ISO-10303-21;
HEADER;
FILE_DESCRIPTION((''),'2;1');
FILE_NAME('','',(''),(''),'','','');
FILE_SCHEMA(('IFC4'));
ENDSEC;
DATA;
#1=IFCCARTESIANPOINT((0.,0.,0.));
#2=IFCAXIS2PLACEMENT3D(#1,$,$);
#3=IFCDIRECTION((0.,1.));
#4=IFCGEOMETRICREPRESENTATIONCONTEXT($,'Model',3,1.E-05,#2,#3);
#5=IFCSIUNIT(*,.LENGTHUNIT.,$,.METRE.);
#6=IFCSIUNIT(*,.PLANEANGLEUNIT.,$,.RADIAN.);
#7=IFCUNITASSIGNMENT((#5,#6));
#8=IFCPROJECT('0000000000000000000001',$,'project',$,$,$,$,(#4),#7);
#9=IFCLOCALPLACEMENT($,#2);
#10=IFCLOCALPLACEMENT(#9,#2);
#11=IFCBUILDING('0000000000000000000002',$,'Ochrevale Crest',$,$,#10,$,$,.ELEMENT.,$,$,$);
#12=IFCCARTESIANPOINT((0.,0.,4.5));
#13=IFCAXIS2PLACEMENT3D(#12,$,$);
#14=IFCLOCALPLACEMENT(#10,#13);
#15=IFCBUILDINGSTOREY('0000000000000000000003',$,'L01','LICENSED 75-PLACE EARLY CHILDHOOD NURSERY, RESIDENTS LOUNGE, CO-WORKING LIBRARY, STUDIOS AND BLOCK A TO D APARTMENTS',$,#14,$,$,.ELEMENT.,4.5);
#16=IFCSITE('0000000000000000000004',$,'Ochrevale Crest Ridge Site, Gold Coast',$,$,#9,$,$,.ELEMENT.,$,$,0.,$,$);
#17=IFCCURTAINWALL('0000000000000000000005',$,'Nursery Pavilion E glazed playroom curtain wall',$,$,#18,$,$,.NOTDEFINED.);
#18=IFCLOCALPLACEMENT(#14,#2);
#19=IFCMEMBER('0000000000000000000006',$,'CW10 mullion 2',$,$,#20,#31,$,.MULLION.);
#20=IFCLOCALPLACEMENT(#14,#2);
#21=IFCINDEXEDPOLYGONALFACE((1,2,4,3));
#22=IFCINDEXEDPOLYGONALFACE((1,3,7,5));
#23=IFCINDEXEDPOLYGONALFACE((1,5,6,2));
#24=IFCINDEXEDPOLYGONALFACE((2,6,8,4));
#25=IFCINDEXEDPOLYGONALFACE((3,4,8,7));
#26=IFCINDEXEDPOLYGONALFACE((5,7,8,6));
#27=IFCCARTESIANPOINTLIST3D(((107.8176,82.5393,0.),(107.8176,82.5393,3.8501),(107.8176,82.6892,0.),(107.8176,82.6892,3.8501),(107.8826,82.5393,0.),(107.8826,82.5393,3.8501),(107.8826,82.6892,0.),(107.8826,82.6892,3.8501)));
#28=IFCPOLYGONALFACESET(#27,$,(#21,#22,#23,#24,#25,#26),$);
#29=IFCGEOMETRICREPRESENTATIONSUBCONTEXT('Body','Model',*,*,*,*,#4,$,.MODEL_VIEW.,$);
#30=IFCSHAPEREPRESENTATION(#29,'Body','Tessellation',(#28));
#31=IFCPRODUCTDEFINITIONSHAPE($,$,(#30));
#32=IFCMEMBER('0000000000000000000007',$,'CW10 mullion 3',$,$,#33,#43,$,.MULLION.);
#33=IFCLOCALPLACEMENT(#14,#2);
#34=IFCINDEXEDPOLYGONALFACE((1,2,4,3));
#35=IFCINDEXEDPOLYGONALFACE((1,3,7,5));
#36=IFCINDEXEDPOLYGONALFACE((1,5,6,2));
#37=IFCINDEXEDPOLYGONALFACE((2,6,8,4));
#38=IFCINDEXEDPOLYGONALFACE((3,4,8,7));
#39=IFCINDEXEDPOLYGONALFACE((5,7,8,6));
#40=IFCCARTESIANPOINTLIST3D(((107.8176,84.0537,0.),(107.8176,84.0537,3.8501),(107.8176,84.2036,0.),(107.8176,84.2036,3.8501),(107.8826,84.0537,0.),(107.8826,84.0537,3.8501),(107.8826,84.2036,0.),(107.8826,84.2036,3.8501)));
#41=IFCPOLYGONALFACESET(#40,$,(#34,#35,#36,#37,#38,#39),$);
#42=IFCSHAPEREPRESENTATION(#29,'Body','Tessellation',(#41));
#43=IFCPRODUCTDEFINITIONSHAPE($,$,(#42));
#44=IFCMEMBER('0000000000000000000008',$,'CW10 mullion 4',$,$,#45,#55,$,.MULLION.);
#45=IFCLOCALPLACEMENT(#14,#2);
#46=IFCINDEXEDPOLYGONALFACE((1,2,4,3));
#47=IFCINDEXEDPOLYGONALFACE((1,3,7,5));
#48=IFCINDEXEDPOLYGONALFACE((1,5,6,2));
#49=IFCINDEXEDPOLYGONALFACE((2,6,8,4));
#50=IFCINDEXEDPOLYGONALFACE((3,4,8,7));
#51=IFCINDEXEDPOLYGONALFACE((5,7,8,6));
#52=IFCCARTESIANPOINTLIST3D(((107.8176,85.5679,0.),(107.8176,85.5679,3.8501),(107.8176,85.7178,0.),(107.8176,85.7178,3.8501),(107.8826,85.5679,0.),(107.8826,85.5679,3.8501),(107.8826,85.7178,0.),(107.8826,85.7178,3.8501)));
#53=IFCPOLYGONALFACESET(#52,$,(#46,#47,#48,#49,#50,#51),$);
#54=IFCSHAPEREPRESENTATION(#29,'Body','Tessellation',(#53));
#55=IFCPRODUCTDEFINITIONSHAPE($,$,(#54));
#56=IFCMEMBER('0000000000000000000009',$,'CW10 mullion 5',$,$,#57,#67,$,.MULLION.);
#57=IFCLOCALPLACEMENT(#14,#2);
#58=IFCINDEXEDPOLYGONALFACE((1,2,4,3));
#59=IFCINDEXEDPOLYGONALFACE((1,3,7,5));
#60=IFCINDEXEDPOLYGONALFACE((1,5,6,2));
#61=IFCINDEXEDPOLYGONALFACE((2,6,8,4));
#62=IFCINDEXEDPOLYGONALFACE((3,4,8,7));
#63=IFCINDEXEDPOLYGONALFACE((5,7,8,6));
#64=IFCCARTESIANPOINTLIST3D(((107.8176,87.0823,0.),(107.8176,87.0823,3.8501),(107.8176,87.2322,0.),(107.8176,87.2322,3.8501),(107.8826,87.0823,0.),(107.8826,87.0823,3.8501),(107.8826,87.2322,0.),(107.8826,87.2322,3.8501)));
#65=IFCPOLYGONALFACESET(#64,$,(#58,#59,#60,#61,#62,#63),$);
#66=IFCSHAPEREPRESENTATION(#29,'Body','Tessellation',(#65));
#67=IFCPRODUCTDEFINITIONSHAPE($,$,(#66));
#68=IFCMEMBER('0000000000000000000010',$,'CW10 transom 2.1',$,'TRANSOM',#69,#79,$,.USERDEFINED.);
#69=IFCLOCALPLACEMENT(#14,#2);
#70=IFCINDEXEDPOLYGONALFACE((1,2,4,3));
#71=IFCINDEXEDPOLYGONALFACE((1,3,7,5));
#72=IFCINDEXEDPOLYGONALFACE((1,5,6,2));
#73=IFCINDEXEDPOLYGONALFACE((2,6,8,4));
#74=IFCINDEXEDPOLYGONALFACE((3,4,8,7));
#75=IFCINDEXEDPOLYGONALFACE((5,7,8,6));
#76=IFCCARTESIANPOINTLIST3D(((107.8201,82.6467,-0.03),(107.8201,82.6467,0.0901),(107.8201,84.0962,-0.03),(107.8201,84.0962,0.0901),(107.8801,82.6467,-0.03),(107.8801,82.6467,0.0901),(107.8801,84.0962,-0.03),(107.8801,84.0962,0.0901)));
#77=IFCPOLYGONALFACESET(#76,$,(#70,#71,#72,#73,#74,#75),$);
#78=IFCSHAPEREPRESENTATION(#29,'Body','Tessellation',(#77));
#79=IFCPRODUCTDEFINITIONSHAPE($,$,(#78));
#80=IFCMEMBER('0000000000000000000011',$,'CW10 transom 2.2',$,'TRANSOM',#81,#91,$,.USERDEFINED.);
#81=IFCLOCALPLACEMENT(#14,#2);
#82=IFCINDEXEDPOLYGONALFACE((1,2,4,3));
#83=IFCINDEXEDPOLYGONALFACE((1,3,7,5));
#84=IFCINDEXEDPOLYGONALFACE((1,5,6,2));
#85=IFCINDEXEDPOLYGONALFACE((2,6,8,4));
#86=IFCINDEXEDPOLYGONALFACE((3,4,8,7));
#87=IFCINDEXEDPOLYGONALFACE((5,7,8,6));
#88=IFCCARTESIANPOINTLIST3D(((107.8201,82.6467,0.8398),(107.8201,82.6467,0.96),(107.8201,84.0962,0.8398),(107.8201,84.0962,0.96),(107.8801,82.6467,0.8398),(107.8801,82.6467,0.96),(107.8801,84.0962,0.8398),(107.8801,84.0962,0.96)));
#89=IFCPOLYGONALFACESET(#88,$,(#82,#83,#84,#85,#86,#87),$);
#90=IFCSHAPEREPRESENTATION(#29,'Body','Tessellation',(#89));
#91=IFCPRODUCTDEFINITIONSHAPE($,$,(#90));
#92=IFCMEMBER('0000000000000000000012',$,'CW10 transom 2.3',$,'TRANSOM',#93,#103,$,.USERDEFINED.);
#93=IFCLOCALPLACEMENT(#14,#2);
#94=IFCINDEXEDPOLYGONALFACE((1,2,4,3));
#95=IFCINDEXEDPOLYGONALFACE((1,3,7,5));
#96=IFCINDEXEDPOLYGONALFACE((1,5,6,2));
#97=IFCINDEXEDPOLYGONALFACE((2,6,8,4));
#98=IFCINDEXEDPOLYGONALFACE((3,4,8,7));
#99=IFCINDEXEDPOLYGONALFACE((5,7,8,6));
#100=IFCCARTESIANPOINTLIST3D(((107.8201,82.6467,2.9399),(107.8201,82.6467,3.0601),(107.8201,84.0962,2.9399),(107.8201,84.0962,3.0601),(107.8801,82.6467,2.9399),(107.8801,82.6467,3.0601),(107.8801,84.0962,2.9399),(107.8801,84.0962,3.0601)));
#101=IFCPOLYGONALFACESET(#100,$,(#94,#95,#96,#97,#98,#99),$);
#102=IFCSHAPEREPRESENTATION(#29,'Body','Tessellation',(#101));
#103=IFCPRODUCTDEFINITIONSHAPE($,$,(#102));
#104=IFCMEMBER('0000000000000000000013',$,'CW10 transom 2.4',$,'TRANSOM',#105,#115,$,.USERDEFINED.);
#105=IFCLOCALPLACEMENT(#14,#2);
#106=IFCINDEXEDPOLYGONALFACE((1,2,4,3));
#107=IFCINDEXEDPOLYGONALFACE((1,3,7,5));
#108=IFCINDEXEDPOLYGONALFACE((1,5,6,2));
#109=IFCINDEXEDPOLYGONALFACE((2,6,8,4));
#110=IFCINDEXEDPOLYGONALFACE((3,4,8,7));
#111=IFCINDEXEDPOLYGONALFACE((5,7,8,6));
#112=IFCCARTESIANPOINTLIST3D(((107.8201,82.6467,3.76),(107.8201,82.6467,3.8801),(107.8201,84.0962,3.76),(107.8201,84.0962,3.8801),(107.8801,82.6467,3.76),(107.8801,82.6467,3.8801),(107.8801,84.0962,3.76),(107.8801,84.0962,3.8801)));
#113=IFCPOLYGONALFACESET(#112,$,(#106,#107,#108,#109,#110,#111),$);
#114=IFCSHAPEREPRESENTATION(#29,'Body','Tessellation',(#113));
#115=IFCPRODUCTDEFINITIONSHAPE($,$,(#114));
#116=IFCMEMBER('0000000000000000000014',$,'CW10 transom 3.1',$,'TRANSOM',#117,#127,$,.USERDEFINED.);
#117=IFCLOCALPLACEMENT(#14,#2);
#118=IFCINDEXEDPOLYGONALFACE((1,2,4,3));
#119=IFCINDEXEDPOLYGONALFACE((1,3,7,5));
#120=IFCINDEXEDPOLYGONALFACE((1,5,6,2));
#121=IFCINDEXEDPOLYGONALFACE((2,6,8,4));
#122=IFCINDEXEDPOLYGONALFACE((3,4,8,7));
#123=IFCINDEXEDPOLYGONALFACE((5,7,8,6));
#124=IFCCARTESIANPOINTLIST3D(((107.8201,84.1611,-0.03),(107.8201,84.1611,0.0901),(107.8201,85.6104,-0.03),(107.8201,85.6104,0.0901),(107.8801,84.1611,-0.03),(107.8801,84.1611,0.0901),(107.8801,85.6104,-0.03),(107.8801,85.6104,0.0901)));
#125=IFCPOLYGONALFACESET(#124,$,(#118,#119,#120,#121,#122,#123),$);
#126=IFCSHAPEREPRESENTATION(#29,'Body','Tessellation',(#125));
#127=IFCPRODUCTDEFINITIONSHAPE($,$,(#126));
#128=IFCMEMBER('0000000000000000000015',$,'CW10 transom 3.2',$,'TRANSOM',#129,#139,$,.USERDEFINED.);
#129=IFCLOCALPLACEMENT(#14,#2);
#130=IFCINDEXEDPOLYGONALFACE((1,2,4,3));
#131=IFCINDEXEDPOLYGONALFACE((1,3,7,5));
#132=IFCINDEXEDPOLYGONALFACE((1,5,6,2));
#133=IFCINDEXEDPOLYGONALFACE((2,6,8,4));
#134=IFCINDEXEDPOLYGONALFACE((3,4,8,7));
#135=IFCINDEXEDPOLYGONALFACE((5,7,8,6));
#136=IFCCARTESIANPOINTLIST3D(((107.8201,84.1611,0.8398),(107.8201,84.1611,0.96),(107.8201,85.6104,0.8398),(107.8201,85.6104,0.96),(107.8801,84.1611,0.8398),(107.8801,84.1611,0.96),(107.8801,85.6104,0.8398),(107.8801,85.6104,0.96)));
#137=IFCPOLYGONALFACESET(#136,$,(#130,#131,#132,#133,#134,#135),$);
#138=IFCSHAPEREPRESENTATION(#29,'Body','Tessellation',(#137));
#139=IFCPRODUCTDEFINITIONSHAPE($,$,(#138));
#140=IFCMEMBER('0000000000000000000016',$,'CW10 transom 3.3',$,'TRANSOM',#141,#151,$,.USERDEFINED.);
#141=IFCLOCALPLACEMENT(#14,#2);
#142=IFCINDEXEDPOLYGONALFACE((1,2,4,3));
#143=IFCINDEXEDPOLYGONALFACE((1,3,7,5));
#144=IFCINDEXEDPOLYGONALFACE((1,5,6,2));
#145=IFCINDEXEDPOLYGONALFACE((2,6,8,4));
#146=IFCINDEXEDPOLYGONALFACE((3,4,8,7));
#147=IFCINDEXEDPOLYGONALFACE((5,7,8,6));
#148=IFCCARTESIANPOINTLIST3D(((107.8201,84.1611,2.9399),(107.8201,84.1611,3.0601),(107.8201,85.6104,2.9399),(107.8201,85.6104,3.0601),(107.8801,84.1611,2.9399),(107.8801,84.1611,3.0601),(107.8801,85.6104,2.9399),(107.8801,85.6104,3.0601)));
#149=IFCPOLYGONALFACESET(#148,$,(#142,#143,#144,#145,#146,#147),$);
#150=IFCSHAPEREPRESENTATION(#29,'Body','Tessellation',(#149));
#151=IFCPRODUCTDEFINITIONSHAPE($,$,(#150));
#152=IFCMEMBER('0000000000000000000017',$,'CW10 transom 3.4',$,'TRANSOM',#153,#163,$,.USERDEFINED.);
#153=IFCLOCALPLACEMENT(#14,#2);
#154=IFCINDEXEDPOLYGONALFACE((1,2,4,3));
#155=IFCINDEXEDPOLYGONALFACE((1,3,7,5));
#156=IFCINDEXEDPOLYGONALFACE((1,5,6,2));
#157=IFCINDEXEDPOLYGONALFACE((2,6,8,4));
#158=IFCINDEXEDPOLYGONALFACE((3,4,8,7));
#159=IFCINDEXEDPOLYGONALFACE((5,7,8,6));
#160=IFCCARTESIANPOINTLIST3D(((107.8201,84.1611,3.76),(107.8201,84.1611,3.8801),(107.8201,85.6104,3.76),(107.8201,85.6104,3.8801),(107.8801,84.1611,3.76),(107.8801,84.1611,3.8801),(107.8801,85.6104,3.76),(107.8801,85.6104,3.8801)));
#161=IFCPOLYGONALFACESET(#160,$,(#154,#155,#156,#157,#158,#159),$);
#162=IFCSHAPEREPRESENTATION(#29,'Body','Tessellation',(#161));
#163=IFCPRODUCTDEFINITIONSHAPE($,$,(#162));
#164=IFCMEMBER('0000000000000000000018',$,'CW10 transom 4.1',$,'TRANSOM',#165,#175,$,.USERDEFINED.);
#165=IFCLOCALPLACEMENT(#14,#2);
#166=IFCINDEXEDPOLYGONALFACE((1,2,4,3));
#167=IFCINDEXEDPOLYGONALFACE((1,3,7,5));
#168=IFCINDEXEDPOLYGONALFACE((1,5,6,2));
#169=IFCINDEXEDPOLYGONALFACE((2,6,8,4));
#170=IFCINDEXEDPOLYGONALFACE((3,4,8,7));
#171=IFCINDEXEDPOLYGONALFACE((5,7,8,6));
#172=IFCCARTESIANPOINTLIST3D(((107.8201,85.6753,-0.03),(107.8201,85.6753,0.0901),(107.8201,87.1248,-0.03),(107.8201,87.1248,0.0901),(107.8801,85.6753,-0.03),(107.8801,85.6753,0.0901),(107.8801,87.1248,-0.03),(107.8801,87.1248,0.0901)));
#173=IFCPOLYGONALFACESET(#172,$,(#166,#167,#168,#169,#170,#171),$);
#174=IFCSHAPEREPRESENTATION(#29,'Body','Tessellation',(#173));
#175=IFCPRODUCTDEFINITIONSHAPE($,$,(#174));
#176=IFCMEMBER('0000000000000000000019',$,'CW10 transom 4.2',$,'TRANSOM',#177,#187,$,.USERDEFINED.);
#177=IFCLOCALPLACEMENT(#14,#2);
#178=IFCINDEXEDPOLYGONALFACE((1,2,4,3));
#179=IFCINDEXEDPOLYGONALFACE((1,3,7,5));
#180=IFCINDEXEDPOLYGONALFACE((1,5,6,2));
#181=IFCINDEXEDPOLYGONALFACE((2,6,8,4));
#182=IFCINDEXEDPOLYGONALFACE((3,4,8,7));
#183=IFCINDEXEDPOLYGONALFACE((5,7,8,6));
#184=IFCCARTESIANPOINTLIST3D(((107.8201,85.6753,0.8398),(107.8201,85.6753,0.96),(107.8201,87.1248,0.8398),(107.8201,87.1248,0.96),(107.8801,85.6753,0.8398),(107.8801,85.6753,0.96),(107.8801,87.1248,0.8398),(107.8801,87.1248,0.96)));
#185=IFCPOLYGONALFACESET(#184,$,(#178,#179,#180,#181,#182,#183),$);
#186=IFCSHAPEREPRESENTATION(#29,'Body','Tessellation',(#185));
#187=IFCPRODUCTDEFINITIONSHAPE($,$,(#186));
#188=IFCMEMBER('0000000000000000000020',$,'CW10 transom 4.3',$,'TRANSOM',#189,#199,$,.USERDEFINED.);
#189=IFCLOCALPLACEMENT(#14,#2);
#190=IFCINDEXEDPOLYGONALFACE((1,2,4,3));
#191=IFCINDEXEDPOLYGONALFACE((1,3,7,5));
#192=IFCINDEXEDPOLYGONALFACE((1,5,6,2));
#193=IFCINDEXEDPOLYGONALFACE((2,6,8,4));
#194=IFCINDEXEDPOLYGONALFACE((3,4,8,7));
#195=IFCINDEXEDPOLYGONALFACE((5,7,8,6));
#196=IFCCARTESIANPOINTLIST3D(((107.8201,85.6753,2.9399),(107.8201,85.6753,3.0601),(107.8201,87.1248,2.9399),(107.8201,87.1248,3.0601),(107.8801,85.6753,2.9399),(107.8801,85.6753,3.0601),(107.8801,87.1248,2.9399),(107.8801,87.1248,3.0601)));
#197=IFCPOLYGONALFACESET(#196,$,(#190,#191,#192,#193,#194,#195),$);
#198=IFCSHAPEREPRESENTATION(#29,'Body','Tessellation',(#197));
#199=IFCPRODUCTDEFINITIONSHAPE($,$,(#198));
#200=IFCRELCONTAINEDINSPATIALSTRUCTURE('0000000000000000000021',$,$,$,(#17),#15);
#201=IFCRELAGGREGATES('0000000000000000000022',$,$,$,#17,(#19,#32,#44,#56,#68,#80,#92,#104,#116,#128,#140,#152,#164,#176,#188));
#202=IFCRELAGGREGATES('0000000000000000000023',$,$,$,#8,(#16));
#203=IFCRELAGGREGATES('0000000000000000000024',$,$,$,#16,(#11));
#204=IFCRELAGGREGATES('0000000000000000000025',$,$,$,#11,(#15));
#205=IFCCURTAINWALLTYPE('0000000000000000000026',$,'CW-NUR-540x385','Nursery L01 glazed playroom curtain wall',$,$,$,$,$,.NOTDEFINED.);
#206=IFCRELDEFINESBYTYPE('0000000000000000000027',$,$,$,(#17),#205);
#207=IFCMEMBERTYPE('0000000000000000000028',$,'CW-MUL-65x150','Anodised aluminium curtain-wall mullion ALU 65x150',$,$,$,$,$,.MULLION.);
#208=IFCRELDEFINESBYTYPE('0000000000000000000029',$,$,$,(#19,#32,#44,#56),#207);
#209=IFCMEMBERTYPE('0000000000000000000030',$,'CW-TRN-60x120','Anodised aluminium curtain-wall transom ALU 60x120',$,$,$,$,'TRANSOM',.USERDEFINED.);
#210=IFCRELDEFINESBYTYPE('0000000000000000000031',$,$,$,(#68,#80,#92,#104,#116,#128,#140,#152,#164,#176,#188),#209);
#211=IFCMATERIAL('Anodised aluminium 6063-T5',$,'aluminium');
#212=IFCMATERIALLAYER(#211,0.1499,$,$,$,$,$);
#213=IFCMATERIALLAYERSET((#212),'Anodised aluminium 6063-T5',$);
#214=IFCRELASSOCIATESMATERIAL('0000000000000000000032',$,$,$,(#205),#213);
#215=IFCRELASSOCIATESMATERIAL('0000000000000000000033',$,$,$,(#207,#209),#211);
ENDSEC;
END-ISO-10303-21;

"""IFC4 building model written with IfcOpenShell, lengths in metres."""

from ifc_helpers import new_model, si_unit, direction, frame, origin, origin_2d, place, context, subcontext, project, spatial, rectangle, extrude, material, layer, layer_set, material_profile, profile_set, type_object, element, aggregate, save


model = new_model("IFC4")

# Units and contexts
model_context = context("Model", 3, precision=1e-05, world=origin(), true_north=direction((0.0, 1.0)))
body_context = subcontext(model_context, "Body", "Model", "MODEL_VIEW")
ifc_project = project(units=[si_unit("LENGTHUNIT", "METRE"), si_unit("PLANEANGLEUNIT", "RADIAN")], contexts=[model_context])

# Site, building, storey
site_placement = place(None, origin())
site = spatial("IfcSite", under=ifc_project, at=site_placement, Name="Ochrevale Crest Ridge Site, Gold Coast", CompositionType="ELEMENT", RefElevation=0.0)
building_placement = place(site_placement, origin())
building = spatial("IfcBuilding", under=site, at=building_placement, Name="Ochrevale Crest", CompositionType="ELEMENT")
storey_placement = place(building_placement, frame((0.0, 0.0, 4.5)))
storey = spatial("IfcBuildingStorey", under=building, at=storey_placement, Name="L01", Description="LICENSED 75-PLACE EARLY CHILDHOOD NURSERY, RESIDENTS LOUNGE, CO-WORKING LIBRARY, STUDIOS AND BLOCK A TO D APARTMENTS", CompositionType="ELEMENT", Elevation=4.5)

# Curtain wall, members
ifc_material_1 = material(Name="Anodised aluminium 6063-T5", Category="aluminium")
ifc_layer_1 = layer(ifc_material_1, 0.1499)
ifc_layer_set_1 = layer_set([ifc_layer_1], Name="Anodised aluminium 6063-T5")
curtain_wall_type = type_object("IfcCurtainWallType", Name="CW-NUR-540x385", Description="Nursery L01 glazed playroom curtain wall", PredefinedType="NOTDEFINED", material=ifc_layer_set_1)
curtain_wall_placement = place(storey_placement, origin())
curtain_wall = element("IfcCurtainWall", 1, at=curtain_wall_placement, inside=storey, type_object=curtain_wall_type, Name="Nursery Pavilion E glazed playroom curtain wall", PredefinedType="NOTDEFINED")
ifc_material_profile_1 = material_profile(ifc_material_1, rectangle(XDim=0.0649, YDim=0.1499, at=origin_2d()), Name="ALU 65x150")
ifc_profile_set_1 = profile_set([ifc_material_profile_1], Name="Anodised aluminium 6063-T5")
member_type_1 = type_object("IfcMemberType", Name="CW-MUL-65x150", Description="Anodised aluminium curtain-wall mullion ALU 65x150", PredefinedType="MULLION", material=ifc_profile_set_1)
member_1_placement = place(storey_placement, frame((107.8501, 82.6143, 0.0), z_axis=(0.0, 0.0, 1.0), x_axis=(-1.0, 0.0, 0.0)))
member_1 = element("IfcMember", 2, at=member_1_placement, type_object=member_type_1, Name="CW10 mullion 2", PredefinedType="MULLION", context=body_context, shape_type="SweptSolid", body=[
    extrude(rectangle(XDim=0.0649, YDim=0.1499, at=origin_2d()), origin(), (0.0, 0.0, 1.0), 3.8501),
])
member_2_placement = place(storey_placement, frame((107.8501, 84.1287, 0.0), z_axis=(0.0, 0.0, 1.0), x_axis=(-1.0, 0.0, 0.0)))
member_2 = element("IfcMember", 3, at=member_2_placement, type_object=member_type_1, Name="CW10 mullion 3", PredefinedType="MULLION", context=body_context, shape_type="SweptSolid", body=[
    extrude(rectangle(XDim=0.0649, YDim=0.1499, at=origin_2d()), origin(), (0.0, 0.0, 1.0), 3.8501),
])
member_3_placement = place(storey_placement, frame((107.8501, 85.6428, 0.0), z_axis=(0.0, 0.0, 1.0), x_axis=(-1.0, 0.0, 0.0)))
member_3 = element("IfcMember", 4, at=member_3_placement, type_object=member_type_1, Name="CW10 mullion 4", PredefinedType="MULLION", context=body_context, shape_type="SweptSolid", body=[
    extrude(rectangle(XDim=0.0649, YDim=0.1499, at=origin_2d()), origin(), (0.0, 0.0, 1.0), 3.8501),
])
member_4_placement = place(storey_placement, frame((107.8501, 87.1572, 0.0), z_axis=(0.0, 0.0, 1.0), x_axis=(-1.0, 0.0, 0.0)))
member_4 = element("IfcMember", 5, at=member_4_placement, type_object=member_type_1, Name="CW10 mullion 5", PredefinedType="MULLION", context=body_context, shape_type="SweptSolid", body=[
    extrude(rectangle(XDim=0.0649, YDim=0.1499, at=origin_2d()), origin(), (0.0, 0.0, 1.0), 3.8501),
])
ifc_material_profile_2 = material_profile(ifc_material_1, rectangle(XDim=0.0601, YDim=0.1201, at=origin_2d()), Name="ALU 60x120")
ifc_profile_set_2 = profile_set([ifc_material_profile_2], Name="Anodised aluminium 6063-T5")
member_type_2 = type_object("IfcMemberType", Name="CW-TRN-60x120", Description="Anodised aluminium curtain-wall transom ALU 60x120", ElementType="TRANSOM", PredefinedType="USERDEFINED", material=ifc_profile_set_2)
member_5_placement = place(storey_placement, frame((107.8501, 82.6467, 0.03), z_axis=(0.0, 1.0, 0.0), x_axis=(-1.0, 0.0, 0.0)))
member_5 = element("IfcMember", 6, at=member_5_placement, type_object=member_type_2, Name="CW10 transom 2.1", ObjectType="TRANSOM", PredefinedType="USERDEFINED", context=body_context, shape_type="SweptSolid", body=[
    extrude(rectangle(XDim=0.0601, YDim=0.1201, at=origin_2d()), origin(), (0.0, 0.0, 1.0), 1.4495),
])
member_6_placement = place(storey_placement, frame((107.8501, 82.6467, 0.8999), z_axis=(0.0, 1.0, 0.0), x_axis=(-1.0, 0.0, 0.0)))
member_6 = element("IfcMember", 7, at=member_6_placement, type_object=member_type_2, Name="CW10 transom 2.2", ObjectType="TRANSOM", PredefinedType="USERDEFINED", context=body_context, shape_type="SweptSolid", body=[
    extrude(rectangle(XDim=0.0601, YDim=0.1201, at=origin_2d()), origin(), (0.0, 0.0, 1.0), 1.4495),
])
member_7_placement = place(storey_placement, frame((107.8501, 82.6467, 3.0), z_axis=(0.0, 1.0, 0.0), x_axis=(-1.0, 0.0, 0.0)))
member_7 = element("IfcMember", 8, at=member_7_placement, type_object=member_type_2, Name="CW10 transom 2.3", ObjectType="TRANSOM", PredefinedType="USERDEFINED", context=body_context, shape_type="SweptSolid", body=[
    extrude(rectangle(XDim=0.0601, YDim=0.1201, at=origin_2d()), origin(), (0.0, 0.0, 1.0), 1.4495),
])
member_8_placement = place(storey_placement, frame((107.8501, 82.6467, 3.8201), z_axis=(0.0, 1.0, 0.0), x_axis=(-1.0, 0.0, 0.0)))
member_8 = element("IfcMember", 9, at=member_8_placement, type_object=member_type_2, Name="CW10 transom 2.4", ObjectType="TRANSOM", PredefinedType="USERDEFINED", context=body_context, shape_type="SweptSolid", body=[
    extrude(rectangle(XDim=0.0601, YDim=0.1201, at=origin_2d()), origin(), (0.0, 0.0, 1.0), 1.4495),
])
member_9_placement = place(storey_placement, frame((107.8501, 84.1611, 0.03), z_axis=(0.0, 1.0, 0.0), x_axis=(-1.0, 0.0, 0.0)))
member_9 = element("IfcMember", 10, at=member_9_placement, type_object=member_type_2, Name="CW10 transom 3.1", ObjectType="TRANSOM", PredefinedType="USERDEFINED", context=body_context, shape_type="SweptSolid", body=[
    extrude(rectangle(XDim=0.0601, YDim=0.1201, at=origin_2d()), origin(), (0.0, 0.0, 1.0), 1.4492),
])
member_10_placement = place(storey_placement, frame((107.8501, 84.1611, 0.8999), z_axis=(0.0, 1.0, 0.0), x_axis=(-1.0, 0.0, 0.0)))
member_10 = element("IfcMember", 11, at=member_10_placement, type_object=member_type_2, Name="CW10 transom 3.2", ObjectType="TRANSOM", PredefinedType="USERDEFINED", context=body_context, shape_type="SweptSolid", body=[
    extrude(rectangle(XDim=0.0601, YDim=0.1201, at=origin_2d()), origin(), (0.0, 0.0, 1.0), 1.4492),
])
member_11_placement = place(storey_placement, frame((107.8501, 84.1611, 3.0), z_axis=(0.0, 1.0, 0.0), x_axis=(-1.0, 0.0, 0.0)))
member_11 = element("IfcMember", 12, at=member_11_placement, type_object=member_type_2, Name="CW10 transom 3.3", ObjectType="TRANSOM", PredefinedType="USERDEFINED", context=body_context, shape_type="SweptSolid", body=[
    extrude(rectangle(XDim=0.0601, YDim=0.1201, at=origin_2d()), origin(), (0.0, 0.0, 1.0), 1.4492),
])
member_12_placement = place(storey_placement, frame((107.8501, 84.1611, 3.8201), z_axis=(0.0, 1.0, 0.0), x_axis=(-1.0, 0.0, 0.0)))
member_12 = element("IfcMember", 13, at=member_12_placement, type_object=member_type_2, Name="CW10 transom 3.4", ObjectType="TRANSOM", PredefinedType="USERDEFINED", context=body_context, shape_type="SweptSolid", body=[
    extrude(rectangle(XDim=0.0601, YDim=0.1201, at=origin_2d()), origin(), (0.0, 0.0, 1.0), 1.4492),
])
member_13_placement = place(storey_placement, frame((107.8501, 85.6753, 0.03), z_axis=(0.0, 1.0, 0.0), x_axis=(-1.0, 0.0, 0.0)))
member_13 = element("IfcMember", 14, at=member_13_placement, type_object=member_type_2, Name="CW10 transom 4.1", ObjectType="TRANSOM", PredefinedType="USERDEFINED", context=body_context, shape_type="SweptSolid", body=[
    extrude(rectangle(XDim=0.0601, YDim=0.1201, at=origin_2d()), origin(), (0.0, 0.0, 1.0), 1.4495),
])
member_14_placement = place(storey_placement, frame((107.8501, 85.6753, 0.8999), z_axis=(0.0, 1.0, 0.0), x_axis=(-1.0, 0.0, 0.0)))
member_14 = element("IfcMember", 15, at=member_14_placement, type_object=member_type_2, Name="CW10 transom 4.2", ObjectType="TRANSOM", PredefinedType="USERDEFINED", context=body_context, shape_type="SweptSolid", body=[
    extrude(rectangle(XDim=0.0601, YDim=0.1201, at=origin_2d()), origin(), (0.0, 0.0, 1.0), 1.4495),
])
member_15_placement = place(storey_placement, frame((107.8501, 85.6753, 3.0), z_axis=(0.0, 1.0, 0.0), x_axis=(-1.0, 0.0, 0.0)))
member_15 = element("IfcMember", 16, at=member_15_placement, type_object=member_type_2, Name="CW10 transom 4.3", ObjectType="TRANSOM", PredefinedType="USERDEFINED", context=body_context, shape_type="SweptSolid", body=[
    extrude(rectangle(XDim=0.0601, YDim=0.1201, at=origin_2d()), origin(), (0.0, 0.0, 1.0), 1.4495),
])
aggregate(curtain_wall, [member_1, member_2, member_3, member_4, member_5, member_6, member_7, member_8, member_9, member_10, member_11, member_12, member_13, member_14, member_15])

save(model, "model.ifc")
